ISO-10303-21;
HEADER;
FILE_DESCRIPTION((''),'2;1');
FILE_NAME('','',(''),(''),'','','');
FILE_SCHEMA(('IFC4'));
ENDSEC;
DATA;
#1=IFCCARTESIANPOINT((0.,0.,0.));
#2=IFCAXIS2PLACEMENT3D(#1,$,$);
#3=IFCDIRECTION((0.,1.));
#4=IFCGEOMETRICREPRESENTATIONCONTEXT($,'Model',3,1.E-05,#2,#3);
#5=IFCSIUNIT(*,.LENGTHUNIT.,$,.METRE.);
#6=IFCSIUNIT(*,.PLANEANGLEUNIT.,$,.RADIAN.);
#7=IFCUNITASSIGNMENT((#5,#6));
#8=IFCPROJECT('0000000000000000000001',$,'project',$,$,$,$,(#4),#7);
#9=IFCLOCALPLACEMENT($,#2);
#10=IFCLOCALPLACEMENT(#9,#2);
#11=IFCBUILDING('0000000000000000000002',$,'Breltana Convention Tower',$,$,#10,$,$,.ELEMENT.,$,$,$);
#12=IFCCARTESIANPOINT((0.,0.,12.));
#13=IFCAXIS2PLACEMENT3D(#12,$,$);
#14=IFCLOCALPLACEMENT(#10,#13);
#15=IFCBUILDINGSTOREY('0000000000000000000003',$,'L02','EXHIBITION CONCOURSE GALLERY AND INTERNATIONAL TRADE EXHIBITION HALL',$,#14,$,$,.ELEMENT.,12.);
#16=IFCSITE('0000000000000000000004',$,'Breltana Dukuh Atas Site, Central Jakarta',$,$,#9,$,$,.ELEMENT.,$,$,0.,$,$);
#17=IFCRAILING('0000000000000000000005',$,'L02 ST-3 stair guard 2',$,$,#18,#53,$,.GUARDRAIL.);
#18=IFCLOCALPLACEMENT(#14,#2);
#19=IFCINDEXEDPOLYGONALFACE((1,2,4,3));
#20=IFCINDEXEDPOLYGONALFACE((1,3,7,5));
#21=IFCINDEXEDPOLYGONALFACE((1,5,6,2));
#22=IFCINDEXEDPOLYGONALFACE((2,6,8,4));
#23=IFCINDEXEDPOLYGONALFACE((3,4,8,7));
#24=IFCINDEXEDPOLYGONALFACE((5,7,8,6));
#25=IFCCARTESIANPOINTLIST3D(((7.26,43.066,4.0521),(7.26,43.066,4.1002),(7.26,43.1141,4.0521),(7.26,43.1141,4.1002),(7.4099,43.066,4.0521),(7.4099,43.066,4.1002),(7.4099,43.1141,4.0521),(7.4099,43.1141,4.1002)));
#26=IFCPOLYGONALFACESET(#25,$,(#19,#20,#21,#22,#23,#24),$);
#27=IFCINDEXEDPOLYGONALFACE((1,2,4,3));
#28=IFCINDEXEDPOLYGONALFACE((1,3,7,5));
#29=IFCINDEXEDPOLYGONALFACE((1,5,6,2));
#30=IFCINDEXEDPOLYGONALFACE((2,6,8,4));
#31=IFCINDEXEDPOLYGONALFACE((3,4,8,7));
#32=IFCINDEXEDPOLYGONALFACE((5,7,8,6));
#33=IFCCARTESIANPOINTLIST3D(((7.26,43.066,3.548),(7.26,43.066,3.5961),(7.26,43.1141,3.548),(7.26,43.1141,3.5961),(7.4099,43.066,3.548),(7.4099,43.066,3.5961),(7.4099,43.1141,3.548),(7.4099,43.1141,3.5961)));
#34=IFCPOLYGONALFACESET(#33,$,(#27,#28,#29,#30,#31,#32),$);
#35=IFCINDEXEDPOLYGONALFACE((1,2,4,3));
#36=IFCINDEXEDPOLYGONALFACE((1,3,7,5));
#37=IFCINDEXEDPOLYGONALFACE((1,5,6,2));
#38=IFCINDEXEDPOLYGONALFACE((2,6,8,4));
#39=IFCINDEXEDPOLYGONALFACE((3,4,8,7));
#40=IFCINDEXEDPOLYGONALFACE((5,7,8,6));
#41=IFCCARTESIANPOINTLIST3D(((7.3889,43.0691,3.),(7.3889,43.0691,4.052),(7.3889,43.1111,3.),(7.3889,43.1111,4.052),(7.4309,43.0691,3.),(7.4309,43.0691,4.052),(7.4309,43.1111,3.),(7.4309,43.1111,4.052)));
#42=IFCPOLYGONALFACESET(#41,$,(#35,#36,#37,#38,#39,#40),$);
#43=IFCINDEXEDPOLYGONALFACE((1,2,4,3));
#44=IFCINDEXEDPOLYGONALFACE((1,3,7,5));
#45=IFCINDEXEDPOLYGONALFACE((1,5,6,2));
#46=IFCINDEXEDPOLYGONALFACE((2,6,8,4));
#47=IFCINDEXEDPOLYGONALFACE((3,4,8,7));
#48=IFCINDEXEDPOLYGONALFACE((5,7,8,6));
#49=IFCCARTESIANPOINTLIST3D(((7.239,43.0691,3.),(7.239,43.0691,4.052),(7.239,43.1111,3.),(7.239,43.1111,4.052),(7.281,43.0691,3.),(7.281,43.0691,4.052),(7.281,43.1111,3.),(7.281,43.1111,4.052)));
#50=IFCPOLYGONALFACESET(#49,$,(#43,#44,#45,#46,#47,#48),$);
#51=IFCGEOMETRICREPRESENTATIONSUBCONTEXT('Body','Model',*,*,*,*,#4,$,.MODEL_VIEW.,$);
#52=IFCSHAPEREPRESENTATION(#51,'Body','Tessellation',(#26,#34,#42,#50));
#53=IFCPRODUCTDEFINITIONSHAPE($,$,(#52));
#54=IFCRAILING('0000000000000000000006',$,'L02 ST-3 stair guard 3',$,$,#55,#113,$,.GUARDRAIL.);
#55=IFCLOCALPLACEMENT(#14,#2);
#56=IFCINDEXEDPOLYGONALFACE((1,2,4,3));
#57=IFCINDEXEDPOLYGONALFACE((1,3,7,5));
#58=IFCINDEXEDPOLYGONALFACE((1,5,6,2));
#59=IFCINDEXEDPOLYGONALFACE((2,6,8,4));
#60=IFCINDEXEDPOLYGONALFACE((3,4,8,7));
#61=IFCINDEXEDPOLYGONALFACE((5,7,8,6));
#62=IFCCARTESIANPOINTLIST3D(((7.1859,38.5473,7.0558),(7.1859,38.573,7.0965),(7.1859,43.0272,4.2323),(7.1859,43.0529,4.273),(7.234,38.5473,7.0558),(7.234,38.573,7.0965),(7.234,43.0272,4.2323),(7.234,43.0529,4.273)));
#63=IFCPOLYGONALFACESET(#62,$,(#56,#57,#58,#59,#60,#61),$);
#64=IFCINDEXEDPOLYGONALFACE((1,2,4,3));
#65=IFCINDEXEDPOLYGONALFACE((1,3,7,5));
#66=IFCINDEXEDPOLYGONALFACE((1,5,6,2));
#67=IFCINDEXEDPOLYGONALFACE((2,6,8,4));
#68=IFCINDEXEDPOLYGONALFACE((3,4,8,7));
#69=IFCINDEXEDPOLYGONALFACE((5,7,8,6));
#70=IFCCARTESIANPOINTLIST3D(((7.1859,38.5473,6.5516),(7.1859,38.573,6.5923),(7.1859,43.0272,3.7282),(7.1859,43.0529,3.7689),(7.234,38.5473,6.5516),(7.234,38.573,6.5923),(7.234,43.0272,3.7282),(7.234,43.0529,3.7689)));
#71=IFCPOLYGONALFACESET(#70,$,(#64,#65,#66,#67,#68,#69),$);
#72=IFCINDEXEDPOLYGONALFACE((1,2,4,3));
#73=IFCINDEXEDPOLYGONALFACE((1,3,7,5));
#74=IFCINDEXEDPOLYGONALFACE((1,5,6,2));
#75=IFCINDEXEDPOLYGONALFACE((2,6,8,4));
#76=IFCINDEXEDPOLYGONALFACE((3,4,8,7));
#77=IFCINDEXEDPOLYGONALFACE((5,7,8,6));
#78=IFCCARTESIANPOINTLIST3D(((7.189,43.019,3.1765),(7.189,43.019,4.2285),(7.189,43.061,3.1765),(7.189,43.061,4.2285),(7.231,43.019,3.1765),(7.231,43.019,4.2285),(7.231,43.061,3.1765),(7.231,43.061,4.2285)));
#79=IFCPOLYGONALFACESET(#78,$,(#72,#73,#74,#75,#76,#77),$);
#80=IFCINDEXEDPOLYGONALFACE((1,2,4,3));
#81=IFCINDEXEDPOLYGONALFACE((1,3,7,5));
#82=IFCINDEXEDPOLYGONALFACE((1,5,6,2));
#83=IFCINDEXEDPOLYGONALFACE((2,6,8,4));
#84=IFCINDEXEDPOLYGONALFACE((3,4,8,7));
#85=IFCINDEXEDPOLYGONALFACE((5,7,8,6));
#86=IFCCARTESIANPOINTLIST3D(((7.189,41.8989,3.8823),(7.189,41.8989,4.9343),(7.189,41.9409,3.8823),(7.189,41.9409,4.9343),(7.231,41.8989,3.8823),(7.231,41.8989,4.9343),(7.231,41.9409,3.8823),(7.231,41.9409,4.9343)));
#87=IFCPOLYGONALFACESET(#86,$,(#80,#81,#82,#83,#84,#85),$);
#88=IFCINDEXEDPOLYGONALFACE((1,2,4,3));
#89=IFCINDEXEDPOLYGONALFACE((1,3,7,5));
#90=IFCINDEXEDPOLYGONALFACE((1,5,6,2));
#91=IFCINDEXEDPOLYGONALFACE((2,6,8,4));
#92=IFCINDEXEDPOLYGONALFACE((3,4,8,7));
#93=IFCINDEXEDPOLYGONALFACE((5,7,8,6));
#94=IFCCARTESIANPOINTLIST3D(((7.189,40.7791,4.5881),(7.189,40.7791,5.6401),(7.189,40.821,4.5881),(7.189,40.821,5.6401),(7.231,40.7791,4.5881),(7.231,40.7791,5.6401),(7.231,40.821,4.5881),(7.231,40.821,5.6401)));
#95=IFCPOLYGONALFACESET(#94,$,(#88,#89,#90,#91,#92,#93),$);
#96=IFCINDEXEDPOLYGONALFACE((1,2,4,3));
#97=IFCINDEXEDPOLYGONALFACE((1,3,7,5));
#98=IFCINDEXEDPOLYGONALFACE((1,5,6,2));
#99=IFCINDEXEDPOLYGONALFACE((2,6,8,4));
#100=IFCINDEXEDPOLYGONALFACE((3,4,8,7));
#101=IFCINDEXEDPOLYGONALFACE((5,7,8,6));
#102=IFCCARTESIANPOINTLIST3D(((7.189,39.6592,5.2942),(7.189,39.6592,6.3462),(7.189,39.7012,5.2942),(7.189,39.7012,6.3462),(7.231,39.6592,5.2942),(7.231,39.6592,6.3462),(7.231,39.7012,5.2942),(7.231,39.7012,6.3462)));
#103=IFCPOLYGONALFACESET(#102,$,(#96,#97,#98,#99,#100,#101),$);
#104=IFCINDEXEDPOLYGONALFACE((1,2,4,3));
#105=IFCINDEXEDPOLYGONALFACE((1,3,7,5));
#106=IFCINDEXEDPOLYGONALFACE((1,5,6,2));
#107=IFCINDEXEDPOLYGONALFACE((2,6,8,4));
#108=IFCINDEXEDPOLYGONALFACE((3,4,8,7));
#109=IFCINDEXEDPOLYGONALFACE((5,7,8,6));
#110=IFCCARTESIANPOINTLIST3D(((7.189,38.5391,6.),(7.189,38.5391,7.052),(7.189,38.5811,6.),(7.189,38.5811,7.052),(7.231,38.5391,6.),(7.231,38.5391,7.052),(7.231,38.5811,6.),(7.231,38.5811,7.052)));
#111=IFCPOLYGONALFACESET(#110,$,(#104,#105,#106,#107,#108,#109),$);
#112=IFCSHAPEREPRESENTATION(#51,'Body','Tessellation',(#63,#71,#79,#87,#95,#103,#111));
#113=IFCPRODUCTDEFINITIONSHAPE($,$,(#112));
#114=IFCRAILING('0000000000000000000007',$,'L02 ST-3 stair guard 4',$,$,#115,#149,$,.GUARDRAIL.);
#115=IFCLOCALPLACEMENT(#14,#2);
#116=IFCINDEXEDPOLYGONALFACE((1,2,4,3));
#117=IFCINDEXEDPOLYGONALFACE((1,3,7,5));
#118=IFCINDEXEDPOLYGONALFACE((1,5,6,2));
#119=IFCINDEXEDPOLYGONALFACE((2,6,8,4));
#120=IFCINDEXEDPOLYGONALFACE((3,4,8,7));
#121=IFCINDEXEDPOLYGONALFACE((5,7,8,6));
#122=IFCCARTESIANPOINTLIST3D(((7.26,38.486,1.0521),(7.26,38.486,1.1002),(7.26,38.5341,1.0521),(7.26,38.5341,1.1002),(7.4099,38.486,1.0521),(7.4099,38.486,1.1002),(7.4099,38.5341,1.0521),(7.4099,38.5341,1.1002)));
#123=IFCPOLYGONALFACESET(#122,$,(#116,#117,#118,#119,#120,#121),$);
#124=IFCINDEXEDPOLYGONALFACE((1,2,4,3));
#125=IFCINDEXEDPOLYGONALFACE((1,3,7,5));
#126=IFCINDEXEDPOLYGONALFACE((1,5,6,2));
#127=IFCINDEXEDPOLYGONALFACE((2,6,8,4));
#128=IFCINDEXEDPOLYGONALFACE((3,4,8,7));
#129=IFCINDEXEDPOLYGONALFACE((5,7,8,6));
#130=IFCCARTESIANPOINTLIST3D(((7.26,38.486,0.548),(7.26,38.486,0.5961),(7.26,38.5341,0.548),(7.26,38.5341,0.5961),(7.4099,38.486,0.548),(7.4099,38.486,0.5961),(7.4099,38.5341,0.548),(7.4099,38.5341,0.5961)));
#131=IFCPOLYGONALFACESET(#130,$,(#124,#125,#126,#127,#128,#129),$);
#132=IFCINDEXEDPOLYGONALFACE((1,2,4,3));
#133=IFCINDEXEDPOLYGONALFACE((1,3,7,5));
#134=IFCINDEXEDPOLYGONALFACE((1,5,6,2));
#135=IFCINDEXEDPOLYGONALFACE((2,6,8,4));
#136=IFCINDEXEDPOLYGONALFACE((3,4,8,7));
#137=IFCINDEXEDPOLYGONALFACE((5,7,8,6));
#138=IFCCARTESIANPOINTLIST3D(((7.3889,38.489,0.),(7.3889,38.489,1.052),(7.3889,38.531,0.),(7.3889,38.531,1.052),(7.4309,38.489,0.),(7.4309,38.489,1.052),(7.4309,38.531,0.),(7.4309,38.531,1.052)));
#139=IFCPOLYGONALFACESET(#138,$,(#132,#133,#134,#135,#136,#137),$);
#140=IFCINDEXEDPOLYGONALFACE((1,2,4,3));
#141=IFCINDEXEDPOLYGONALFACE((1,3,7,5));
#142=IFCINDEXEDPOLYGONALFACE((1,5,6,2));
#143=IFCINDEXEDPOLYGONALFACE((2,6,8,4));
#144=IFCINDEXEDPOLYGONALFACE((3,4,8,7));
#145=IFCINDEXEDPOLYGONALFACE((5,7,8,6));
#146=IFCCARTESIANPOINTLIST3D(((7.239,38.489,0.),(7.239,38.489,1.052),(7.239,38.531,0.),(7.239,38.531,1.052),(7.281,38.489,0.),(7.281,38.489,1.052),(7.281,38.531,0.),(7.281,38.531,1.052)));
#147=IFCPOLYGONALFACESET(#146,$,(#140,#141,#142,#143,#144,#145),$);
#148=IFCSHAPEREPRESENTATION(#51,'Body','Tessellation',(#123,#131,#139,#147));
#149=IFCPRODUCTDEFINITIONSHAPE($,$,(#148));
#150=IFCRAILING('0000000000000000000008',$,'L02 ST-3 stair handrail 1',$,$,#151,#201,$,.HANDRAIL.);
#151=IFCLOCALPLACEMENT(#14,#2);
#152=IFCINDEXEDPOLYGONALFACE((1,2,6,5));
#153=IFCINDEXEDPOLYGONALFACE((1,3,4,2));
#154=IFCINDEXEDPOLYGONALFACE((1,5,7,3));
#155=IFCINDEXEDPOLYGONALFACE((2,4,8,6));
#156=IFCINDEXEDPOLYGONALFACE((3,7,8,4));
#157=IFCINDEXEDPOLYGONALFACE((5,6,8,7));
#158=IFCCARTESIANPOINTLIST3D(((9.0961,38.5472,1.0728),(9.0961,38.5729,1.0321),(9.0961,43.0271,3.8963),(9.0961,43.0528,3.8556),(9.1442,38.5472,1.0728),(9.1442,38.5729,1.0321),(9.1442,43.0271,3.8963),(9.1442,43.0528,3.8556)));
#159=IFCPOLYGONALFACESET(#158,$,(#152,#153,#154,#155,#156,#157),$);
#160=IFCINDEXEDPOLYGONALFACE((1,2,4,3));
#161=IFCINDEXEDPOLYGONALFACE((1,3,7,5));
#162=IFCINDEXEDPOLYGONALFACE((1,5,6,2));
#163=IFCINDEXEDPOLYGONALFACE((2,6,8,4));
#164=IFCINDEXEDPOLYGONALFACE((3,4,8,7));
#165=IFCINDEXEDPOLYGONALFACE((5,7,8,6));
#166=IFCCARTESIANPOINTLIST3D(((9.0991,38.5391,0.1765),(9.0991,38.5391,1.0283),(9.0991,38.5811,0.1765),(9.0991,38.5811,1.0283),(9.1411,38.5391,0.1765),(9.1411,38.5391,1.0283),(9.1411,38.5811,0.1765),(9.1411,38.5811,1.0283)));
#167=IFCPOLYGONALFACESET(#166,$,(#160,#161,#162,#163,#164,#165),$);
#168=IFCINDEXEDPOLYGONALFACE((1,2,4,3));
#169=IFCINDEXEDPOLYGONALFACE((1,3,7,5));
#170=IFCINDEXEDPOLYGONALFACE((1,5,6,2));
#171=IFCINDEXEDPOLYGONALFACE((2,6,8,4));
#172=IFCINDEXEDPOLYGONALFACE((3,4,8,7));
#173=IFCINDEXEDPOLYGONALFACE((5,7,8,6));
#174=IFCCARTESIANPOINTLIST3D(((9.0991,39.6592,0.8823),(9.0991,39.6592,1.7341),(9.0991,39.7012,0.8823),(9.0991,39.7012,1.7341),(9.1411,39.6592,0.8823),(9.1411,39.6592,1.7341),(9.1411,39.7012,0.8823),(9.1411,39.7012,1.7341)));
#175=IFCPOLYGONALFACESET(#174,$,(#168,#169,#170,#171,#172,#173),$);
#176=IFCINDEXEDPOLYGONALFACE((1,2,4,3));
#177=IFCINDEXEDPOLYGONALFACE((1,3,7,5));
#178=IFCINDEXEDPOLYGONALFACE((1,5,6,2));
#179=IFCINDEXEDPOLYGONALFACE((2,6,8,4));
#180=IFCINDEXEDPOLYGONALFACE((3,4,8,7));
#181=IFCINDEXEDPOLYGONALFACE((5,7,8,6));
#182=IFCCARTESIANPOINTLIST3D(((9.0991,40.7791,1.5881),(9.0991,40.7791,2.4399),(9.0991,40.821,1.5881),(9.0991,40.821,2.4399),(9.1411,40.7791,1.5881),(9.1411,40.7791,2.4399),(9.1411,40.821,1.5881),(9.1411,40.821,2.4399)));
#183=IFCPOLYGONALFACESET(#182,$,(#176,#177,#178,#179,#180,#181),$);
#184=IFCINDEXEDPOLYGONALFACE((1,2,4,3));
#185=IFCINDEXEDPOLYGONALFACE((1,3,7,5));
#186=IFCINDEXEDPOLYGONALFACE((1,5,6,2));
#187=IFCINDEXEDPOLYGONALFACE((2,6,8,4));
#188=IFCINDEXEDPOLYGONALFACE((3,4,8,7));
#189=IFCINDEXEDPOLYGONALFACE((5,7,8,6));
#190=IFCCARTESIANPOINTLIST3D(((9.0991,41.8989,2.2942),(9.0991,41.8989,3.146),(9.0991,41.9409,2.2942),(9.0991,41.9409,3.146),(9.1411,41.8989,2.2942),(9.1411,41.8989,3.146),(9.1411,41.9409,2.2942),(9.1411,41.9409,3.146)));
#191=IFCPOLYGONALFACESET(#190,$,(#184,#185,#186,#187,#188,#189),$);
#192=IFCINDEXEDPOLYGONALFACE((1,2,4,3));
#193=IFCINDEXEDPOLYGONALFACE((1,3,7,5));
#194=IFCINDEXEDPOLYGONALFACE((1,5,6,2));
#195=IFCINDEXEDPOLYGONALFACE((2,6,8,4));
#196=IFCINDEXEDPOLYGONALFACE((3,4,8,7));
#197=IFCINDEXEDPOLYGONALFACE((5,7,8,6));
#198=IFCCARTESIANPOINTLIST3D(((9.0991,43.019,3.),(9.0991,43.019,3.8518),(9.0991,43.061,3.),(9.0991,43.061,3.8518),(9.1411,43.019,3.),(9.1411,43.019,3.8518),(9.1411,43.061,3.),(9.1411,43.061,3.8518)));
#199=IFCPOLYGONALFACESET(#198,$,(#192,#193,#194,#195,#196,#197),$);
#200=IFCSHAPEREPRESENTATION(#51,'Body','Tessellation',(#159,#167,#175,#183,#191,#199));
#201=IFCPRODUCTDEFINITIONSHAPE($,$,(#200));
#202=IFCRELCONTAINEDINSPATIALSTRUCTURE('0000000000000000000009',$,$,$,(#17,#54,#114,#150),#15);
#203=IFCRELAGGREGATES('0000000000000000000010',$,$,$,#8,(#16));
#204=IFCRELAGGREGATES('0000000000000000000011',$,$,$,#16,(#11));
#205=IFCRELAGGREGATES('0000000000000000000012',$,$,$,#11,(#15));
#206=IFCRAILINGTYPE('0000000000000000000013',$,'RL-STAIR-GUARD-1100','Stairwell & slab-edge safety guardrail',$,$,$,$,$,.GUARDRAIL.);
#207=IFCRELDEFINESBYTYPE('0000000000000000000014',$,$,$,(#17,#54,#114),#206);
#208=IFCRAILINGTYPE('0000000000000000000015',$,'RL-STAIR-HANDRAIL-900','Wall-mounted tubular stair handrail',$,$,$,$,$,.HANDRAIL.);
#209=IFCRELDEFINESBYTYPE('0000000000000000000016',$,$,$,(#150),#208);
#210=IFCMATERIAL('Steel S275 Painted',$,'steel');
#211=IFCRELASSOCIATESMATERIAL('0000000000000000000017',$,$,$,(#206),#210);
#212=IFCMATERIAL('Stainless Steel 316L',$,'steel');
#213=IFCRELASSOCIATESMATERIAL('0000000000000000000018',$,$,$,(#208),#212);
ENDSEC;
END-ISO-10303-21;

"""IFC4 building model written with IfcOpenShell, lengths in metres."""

from ifc_helpers import new_model, si_unit, direction, frame, origin, origin_2d, place, context, subcontext, project, spatial, rectangle, extrude, material, type_object, element, save


model = new_model("IFC4")

# Units and contexts
model_context = context("Model", 3, precision=1e-05, world=origin(), true_north=direction((0.0, 1.0)))
body_context = subcontext(model_context, "Body", "Model", "MODEL_VIEW")
ifc_project = project(units=[si_unit("LENGTHUNIT", "METRE"), si_unit("PLANEANGLEUNIT", "RADIAN")], contexts=[model_context])

# Site, building, storey
site_placement = place(None, origin())
site = spatial("IfcSite", under=ifc_project, at=site_placement, Name="Breltana Dukuh Atas Site, Central Jakarta", CompositionType="ELEMENT", RefElevation=0.0)
building_placement = place(site_placement, origin())
building = spatial("IfcBuilding", under=site, at=building_placement, Name="Breltana Convention Tower", CompositionType="ELEMENT")
storey_placement = place(building_placement, frame((0.0, 0.0, 12.0)))
storey = spatial("IfcBuildingStorey", under=building, at=storey_placement, Name="L02", Description="EXHIBITION CONCOURSE GALLERY AND INTERNATIONAL TRADE EXHIBITION HALL", CompositionType="ELEMENT", Elevation=12.0)

# Railings
ifc_material_1 = material(Name="Steel S275 Painted", Category="steel")
railing_type_1 = type_object("IfcRailingType", Name="RL-STAIR-GUARD-1100", Description="Stairwell & slab-edge safety guardrail", PredefinedType="GUARDRAIL", material=ifc_material_1)
railing_1_placement = place(storey_placement, frame((7.4099, 43.0901, 3.0)))
element("IfcRailing", 1, at=railing_1_placement, inside=storey, type_object=railing_type_1, Name="L02 ST-3 stair guard 2", PredefinedType="GUARDRAIL", context=body_context, shape_type="SweptSolid", body=[
    extrude(rectangle(XDim=0.0481, YDim=0.0481, at=origin_2d()), frame((0.0, 0.0, 1.0762), z_axis=(-1.0, 0.0, 0.0), x_axis=(0.0, -1.0, 0.0)), (0.0, 0.0, 1.0), 0.1499),
    extrude(rectangle(XDim=0.0481, YDim=0.0481, at=origin_2d()), frame((0.0, 0.0, 0.572), z_axis=(-1.0, 0.0, 0.0), x_axis=(0.0, -1.0, 0.0)), (0.0, 0.0, 1.0), 0.1499),
    extrude(rectangle(XDim=0.042, YDim=0.042, at=origin_2d()), origin(), (0.0, 0.0, 1.0), 1.052),
    extrude(rectangle(XDim=0.042, YDim=0.042, at=origin_2d()), frame((-0.1499, 0.0, 0.0)), (0.0, 0.0, 1.0), 1.052),
])
railing_2_placement = place(storey_placement, frame((7.21, 43.04, 3.1765)))
element("IfcRailing", 2, at=railing_2_placement, inside=storey, type_object=railing_type_1, Name="L02 ST-3 stair guard 3", PredefinedType="GUARDRAIL", context=body_context, shape_type="SweptSolid", body=[
    extrude(rectangle(XDim=0.0481, YDim=0.0481, at=origin_2d()), frame((0.0, 0.0, 1.0762), z_axis=(0.0, -0.845998, 0.533186), x_axis=(1.0, 0.0, 0.0)), (0.0, 0.0, 1.0), 5.2954),
    extrude(rectangle(XDim=0.0481, YDim=0.0481, at=origin_2d()), frame((0.0, 0.0, 0.572), z_axis=(0.0, -0.845998, 0.533186), x_axis=(1.0, 0.0, 0.0)), (0.0, 0.0, 1.0), 5.2954),
    extrude(rectangle(XDim=0.042, YDim=0.042, at=origin_2d()), origin(), (0.0, 0.0, 1.0), 1.052),
    extrude(rectangle(XDim=0.042, YDim=0.042, at=origin_2d()), frame((0.0, -1.1201, 0.7058)), (0.0, 0.0, 1.0), 1.052),
    extrude(rectangle(XDim=0.042, YDim=0.042, at=origin_2d()), frame((0.0, -2.24, 1.4116)), (0.0, 0.0, 1.0), 1.052),
    extrude(rectangle(XDim=0.042, YDim=0.042, at=origin_2d()), frame((0.0, -3.3599, 2.1177)), (0.0, 0.0, 1.0), 1.052),
    extrude(rectangle(XDim=0.042, YDim=0.042, at=origin_2d()), frame((0.0, -4.48, 2.8235)), (0.0, 0.0, 1.0), 1.052),
])
railing_3_placement = place(storey_placement, frame((7.4099, 38.51, 0.0)))
element("IfcRailing", 3, at=railing_3_placement, inside=storey, type_object=railing_type_1, Name="L02 ST-3 stair guard 4", PredefinedType="GUARDRAIL", context=body_context, shape_type="SweptSolid", body=[
    extrude(rectangle(XDim=0.0481, YDim=0.0481, at=origin_2d()), frame((0.0, 0.0, 1.0762), z_axis=(-1.0, 0.0, 0.0), x_axis=(0.0, -1.0, 0.0)), (0.0, 0.0, 1.0), 0.1499),
    extrude(rectangle(XDim=0.0481, YDim=0.0481, at=origin_2d()), frame((0.0, 0.0, 0.572), z_axis=(-1.0, 0.0, 0.0), x_axis=(0.0, -1.0, 0.0)), (0.0, 0.0, 1.0), 0.1499),
    extrude(rectangle(XDim=0.042, YDim=0.042, at=origin_2d()), origin(), (0.0, 0.0, 1.0), 1.052),
    extrude(rectangle(XDim=0.042, YDim=0.042, at=origin_2d()), frame((-0.1499, 0.0, 0.0)), (0.0, 0.0, 1.0), 1.052),
])
ifc_material_2 = material(Name="Stainless Steel 316L", Category="steel")
railing_type_2 = type_object("IfcRailingType", Name="RL-STAIR-HANDRAIL-900", Description="Wall-mounted tubular stair handrail", PredefinedType="HANDRAIL", material=ifc_material_2)
railing_4_placement = place(storey_placement, frame((9.1201, 38.5601, 0.1765)))
element("IfcRailing", 4, at=railing_4_placement, inside=storey, type_object=railing_type_2, Name="L02 ST-3 stair handrail 1", PredefinedType="HANDRAIL", context=body_context, shape_type="SweptSolid", body=[
    extrude(rectangle(XDim=0.0481, YDim=0.0481, at=origin_2d()), frame((0.0, 0.0, 0.876), z_axis=(0.0, 0.845998, 0.533186), x_axis=(-1.0, 0.0, 0.0)), (0.0, 0.0, 1.0), 5.2954),
    extrude(rectangle(XDim=0.042, YDim=0.042, at=origin_2d()), origin(), (0.0, 0.0, 1.0), 0.8518),
    extrude(rectangle(XDim=0.042, YDim=0.042, at=origin_2d()), frame((0.0, 1.1201, 0.7058)), (0.0, 0.0, 1.0), 0.8518),
    extrude(rectangle(XDim=0.042, YDim=0.042, at=origin_2d()), frame((0.0, 2.24, 1.4116)), (0.0, 0.0, 1.0), 0.8518),
    extrude(rectangle(XDim=0.042, YDim=0.042, at=origin_2d()), frame((0.0, 3.3599, 2.1177)), (0.0, 0.0, 1.0), 0.8518),
    extrude(rectangle(XDim=0.042, YDim=0.042, at=origin_2d()), frame((0.0, 4.48, 2.8235)), (0.0, 0.0, 1.0), 0.8518),
])

save(model, "model.ifc")
